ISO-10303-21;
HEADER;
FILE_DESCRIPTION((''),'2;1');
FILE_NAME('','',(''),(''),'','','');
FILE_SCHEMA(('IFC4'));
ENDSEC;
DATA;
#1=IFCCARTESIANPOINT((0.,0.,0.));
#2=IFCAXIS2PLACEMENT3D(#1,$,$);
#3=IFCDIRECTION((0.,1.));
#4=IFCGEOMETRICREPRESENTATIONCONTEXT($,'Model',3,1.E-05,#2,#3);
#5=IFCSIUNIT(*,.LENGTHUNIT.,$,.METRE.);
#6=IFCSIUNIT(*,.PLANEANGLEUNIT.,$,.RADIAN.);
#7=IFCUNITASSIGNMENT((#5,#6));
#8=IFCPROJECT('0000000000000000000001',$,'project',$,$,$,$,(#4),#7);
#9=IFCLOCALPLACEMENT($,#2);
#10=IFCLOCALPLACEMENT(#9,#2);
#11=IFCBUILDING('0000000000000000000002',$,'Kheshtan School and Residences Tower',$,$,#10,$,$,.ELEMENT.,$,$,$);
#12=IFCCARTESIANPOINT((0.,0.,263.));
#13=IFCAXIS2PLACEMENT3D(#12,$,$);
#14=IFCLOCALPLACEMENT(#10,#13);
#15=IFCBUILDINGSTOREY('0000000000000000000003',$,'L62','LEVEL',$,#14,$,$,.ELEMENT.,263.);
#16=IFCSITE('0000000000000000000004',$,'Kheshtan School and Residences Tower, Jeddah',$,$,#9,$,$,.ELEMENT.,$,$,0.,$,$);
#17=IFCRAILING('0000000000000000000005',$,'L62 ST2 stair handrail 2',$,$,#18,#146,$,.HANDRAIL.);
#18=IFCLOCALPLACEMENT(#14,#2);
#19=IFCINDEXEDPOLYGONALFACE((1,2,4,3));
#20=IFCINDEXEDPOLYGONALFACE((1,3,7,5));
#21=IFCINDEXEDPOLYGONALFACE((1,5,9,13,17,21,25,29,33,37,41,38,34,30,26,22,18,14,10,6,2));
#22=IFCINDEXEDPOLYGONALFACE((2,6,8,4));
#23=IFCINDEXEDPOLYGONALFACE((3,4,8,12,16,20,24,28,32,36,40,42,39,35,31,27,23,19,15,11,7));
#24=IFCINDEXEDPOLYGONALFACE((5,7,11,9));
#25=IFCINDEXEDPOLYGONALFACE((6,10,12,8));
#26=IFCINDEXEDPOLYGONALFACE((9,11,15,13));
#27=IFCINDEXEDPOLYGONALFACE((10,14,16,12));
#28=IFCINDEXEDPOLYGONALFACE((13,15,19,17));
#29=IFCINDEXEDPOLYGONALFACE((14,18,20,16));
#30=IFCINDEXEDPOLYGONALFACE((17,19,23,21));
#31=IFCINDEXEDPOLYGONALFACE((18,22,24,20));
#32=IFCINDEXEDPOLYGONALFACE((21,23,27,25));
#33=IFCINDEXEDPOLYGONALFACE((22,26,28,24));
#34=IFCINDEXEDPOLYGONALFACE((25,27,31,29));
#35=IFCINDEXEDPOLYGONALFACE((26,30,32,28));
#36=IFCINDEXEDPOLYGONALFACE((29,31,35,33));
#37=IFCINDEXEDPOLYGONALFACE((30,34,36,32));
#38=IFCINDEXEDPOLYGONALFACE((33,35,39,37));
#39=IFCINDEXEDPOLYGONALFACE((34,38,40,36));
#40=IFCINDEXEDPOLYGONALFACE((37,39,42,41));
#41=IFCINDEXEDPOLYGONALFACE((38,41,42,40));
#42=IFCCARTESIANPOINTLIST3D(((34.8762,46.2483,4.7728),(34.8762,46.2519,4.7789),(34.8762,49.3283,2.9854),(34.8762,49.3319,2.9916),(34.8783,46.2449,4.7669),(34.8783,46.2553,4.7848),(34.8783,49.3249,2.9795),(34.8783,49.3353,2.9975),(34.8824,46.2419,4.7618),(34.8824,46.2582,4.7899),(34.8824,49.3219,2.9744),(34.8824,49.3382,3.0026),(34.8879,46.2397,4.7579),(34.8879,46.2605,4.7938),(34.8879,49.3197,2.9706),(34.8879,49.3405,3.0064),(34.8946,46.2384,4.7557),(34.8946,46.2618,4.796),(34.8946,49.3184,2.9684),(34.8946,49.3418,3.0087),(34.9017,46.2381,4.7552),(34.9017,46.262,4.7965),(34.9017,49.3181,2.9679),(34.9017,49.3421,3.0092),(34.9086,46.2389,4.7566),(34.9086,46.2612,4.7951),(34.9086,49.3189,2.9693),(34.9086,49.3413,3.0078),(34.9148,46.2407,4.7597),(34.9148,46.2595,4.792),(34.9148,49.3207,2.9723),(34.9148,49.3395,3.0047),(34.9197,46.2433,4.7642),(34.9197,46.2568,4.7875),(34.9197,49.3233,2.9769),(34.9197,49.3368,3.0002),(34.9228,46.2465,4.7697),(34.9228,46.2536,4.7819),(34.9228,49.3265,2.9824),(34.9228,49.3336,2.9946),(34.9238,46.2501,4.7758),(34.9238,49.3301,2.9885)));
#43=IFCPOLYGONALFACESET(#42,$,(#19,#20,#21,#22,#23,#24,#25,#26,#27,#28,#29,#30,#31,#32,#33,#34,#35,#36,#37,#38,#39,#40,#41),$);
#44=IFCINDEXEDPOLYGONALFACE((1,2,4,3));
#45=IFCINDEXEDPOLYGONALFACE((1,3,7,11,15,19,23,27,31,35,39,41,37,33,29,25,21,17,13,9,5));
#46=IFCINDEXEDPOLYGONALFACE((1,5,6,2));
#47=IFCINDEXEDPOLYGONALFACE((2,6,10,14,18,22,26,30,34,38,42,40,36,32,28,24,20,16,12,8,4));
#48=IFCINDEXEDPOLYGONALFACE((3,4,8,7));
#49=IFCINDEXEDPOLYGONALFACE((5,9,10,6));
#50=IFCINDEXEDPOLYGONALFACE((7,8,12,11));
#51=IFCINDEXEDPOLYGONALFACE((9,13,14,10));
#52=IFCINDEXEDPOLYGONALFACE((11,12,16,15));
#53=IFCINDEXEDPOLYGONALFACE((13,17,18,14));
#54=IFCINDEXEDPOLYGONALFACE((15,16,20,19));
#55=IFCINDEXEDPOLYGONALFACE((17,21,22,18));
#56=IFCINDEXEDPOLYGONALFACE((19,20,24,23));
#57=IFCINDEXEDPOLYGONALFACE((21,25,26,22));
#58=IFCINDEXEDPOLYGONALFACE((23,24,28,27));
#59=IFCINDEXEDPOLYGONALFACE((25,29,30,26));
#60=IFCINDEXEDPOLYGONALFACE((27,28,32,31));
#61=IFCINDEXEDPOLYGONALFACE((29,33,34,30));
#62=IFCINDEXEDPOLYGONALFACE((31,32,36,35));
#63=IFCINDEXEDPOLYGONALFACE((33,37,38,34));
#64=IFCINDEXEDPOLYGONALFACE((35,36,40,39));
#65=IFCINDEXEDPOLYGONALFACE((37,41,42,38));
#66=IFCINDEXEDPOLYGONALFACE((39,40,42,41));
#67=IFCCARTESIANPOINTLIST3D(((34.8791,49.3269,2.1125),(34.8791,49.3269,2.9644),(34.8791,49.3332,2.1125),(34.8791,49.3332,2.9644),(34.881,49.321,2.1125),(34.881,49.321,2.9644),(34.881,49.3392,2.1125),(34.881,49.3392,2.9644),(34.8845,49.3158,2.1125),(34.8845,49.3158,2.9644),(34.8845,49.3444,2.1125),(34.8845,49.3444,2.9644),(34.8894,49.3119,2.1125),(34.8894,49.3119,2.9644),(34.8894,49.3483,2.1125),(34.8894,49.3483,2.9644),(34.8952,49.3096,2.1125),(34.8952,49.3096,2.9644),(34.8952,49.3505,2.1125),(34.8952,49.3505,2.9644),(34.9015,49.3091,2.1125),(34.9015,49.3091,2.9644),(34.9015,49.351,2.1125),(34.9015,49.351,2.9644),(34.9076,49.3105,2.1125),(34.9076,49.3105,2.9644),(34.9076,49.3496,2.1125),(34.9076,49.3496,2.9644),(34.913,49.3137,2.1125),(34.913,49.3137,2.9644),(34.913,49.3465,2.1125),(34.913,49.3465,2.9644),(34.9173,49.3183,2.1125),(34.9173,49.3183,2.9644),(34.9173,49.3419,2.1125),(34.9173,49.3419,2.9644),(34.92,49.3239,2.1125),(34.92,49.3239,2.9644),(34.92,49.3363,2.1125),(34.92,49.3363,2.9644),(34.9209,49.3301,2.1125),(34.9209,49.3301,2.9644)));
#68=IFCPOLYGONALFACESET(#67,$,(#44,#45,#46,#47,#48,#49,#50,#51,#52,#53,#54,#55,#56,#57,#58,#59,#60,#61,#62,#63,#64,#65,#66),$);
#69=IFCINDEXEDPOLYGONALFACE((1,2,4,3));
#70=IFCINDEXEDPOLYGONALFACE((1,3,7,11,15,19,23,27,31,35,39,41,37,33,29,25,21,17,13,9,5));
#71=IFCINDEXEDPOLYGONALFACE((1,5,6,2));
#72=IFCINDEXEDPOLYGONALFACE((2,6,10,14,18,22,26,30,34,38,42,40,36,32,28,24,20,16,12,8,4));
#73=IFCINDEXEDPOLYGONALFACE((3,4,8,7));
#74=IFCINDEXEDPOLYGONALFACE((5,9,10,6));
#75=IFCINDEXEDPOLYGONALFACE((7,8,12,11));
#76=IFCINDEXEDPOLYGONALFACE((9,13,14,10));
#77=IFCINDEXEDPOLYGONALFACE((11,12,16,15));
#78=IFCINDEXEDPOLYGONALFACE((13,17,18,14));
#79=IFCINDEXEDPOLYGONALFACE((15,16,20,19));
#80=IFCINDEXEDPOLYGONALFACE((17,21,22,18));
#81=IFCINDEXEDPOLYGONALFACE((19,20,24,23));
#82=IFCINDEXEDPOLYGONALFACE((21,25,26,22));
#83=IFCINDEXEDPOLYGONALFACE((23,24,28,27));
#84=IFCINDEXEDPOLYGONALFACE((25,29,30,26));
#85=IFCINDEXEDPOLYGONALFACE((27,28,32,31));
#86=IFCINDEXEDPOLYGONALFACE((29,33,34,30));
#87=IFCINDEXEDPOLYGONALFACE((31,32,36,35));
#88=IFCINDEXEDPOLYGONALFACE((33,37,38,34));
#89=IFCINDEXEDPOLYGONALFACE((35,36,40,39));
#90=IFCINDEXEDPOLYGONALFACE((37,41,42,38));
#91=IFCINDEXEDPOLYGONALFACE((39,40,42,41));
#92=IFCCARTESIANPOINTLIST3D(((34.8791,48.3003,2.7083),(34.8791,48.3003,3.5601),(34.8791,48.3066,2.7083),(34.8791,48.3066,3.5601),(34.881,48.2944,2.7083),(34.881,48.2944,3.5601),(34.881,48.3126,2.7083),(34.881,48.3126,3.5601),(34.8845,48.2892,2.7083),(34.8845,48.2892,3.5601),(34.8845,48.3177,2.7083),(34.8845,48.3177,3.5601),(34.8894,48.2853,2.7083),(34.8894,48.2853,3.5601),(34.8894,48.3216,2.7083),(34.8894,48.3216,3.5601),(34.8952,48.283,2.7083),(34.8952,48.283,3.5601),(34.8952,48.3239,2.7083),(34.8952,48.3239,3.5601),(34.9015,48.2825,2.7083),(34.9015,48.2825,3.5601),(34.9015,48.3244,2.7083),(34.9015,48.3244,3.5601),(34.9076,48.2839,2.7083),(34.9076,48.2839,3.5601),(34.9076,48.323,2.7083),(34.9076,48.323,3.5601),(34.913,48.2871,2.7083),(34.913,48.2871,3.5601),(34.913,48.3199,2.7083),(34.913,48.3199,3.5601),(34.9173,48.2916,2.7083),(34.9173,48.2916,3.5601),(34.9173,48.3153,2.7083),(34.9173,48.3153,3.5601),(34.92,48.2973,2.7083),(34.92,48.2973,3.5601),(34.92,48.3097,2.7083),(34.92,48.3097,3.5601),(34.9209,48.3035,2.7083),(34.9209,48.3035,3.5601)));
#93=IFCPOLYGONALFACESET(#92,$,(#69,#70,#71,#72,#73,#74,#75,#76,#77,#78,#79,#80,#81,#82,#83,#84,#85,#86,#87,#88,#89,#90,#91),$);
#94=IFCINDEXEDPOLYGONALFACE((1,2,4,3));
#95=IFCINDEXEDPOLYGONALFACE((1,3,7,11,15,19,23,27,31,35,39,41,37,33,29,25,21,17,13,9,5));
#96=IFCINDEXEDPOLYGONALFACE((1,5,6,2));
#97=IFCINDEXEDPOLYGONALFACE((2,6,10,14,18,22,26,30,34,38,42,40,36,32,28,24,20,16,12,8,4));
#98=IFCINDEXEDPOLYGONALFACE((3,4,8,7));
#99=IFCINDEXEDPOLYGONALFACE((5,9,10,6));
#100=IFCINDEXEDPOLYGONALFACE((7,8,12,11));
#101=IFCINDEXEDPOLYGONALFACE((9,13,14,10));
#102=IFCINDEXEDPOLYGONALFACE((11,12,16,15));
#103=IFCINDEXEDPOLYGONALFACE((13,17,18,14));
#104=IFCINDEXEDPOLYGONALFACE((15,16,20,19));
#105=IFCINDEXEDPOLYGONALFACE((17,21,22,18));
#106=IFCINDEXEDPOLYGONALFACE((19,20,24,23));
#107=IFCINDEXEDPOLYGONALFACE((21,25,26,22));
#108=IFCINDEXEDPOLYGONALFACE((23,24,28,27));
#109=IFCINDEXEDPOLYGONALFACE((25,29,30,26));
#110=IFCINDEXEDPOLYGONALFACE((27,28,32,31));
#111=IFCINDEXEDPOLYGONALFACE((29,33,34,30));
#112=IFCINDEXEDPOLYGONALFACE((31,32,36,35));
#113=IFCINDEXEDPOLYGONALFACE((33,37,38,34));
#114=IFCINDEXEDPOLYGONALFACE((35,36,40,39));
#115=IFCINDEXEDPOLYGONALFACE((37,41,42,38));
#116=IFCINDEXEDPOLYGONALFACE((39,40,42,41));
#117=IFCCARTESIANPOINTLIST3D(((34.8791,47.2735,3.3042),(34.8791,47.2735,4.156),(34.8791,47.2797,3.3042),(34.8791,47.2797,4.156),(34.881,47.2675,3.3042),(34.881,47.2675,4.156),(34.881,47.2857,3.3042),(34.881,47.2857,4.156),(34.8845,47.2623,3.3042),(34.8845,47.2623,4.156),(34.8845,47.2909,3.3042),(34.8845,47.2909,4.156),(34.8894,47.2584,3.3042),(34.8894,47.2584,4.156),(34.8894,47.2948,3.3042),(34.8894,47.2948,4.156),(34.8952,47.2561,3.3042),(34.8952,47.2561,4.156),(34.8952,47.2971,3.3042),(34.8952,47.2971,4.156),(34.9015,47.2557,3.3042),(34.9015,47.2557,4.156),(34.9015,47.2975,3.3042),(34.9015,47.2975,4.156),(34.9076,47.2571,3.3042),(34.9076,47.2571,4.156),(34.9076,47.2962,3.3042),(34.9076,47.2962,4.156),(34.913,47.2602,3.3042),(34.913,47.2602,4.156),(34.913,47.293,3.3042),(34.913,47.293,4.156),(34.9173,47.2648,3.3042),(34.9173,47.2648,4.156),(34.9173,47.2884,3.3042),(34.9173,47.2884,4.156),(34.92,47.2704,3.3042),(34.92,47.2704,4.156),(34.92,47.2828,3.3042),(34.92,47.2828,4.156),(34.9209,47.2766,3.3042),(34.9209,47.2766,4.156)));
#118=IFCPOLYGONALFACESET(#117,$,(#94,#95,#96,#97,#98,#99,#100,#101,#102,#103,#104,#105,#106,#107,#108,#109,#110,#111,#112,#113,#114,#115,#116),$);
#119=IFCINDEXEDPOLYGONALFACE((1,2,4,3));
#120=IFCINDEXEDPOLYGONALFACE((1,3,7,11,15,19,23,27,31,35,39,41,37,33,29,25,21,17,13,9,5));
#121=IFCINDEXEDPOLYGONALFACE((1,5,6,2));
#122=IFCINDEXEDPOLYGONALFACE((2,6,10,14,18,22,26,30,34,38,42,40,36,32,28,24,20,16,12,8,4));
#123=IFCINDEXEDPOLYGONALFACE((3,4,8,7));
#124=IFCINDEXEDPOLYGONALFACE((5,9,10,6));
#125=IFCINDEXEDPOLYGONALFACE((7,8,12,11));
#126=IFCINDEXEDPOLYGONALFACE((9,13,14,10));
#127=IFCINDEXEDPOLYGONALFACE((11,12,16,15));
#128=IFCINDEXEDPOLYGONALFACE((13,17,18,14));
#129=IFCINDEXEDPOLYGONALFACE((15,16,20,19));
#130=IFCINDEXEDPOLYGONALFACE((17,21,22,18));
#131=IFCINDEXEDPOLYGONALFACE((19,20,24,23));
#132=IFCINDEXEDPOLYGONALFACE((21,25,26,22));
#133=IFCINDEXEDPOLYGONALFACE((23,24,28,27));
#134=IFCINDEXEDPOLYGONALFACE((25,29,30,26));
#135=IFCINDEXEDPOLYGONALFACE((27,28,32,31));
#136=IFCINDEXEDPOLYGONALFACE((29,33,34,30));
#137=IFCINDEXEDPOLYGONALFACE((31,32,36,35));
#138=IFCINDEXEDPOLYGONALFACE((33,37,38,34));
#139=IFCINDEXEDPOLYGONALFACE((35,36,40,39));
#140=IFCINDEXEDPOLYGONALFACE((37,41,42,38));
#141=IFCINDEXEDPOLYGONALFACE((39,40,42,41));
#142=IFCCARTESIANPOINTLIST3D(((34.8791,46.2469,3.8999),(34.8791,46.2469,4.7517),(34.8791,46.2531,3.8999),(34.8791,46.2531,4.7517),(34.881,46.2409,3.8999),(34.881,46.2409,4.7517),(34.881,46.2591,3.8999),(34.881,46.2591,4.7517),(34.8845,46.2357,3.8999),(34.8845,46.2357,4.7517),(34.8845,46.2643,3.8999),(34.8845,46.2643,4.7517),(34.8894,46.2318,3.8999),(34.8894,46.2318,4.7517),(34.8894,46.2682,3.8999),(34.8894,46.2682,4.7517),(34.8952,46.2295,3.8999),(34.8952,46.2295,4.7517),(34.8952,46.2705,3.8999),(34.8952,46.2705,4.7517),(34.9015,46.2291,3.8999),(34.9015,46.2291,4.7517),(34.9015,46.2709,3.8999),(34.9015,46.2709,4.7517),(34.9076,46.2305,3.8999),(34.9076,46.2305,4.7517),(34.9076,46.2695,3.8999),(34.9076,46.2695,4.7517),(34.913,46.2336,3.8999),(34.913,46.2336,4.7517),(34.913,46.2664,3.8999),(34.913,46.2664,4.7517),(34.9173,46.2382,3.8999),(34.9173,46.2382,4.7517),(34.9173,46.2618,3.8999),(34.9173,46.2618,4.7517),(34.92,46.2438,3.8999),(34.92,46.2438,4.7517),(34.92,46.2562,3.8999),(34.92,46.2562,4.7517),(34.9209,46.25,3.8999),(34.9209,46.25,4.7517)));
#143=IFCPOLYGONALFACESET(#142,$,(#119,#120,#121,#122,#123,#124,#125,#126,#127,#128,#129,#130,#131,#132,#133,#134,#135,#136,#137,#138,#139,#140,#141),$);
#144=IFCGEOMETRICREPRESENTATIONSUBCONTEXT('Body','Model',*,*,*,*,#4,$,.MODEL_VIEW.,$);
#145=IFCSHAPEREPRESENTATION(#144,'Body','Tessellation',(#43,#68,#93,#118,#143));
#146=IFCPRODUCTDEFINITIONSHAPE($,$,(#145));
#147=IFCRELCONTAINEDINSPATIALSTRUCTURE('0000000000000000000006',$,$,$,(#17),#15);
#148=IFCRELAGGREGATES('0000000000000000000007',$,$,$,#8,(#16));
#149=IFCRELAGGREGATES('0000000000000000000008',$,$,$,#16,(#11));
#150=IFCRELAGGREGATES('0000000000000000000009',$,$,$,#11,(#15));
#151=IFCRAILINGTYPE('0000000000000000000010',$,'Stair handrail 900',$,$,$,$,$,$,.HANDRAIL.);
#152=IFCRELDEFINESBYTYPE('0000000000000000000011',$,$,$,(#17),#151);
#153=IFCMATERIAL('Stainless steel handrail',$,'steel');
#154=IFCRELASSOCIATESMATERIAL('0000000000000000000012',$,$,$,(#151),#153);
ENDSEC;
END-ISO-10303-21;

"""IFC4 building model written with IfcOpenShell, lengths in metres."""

from ifc_helpers import new_model, si_unit, direction, frame, origin, origin_2d, place, context, subcontext, project, spatial, circle, extrude, material, type_object, element, save


model = new_model("IFC4")

# Units and contexts
model_context = context("Model", 3, precision=1e-05, world=origin(), true_north=direction((0.0, 1.0)))
body_context = subcontext(model_context, "Body", "Model", "MODEL_VIEW")
ifc_project = project(units=[si_unit("LENGTHUNIT", "METRE"), si_unit("PLANEANGLEUNIT", "RADIAN")], contexts=[model_context])

# Site, building, storey
site_placement = place(None, origin())
site = spatial("IfcSite", under=ifc_project, at=site_placement, Name="Kheshtan School and Residences Tower, Jeddah", CompositionType="ELEMENT", RefElevation=0.0)
building_placement = place(site_placement, origin())
building = spatial("IfcBuilding", under=site, at=building_placement, Name="Kheshtan School and Residences Tower", CompositionType="ELEMENT")
storey_placement = place(building_placement, frame((0.0, 0.0, 263.0)))
storey = spatial("IfcBuildingStorey", under=building, at=storey_placement, Name="L62", Description="LEVEL", CompositionType="ELEMENT", Elevation=263.0)

# Railing
ifc_material_1 = material(Name="Stainless steel handrail", Category="steel")
railing_type_1 = type_object("IfcRailingType", Name="Stair handrail 900", PredefinedType="HANDRAIL", material=ifc_material_1)
railing_1_placement = place(storey_placement, frame((34.8999, 49.3301, 2.1125)))
element("IfcRailing", 1, at=railing_1_placement, inside=storey, type_object=railing_type_1, Name="L62 ST2 stair handrail 2", PredefinedType="HANDRAIL", context=body_context, shape_type="SweptSolid", body=[
    extrude(circle(Radius=0.0239, at=origin_2d()), frame((0.0, 0.0, 0.876), z_axis=(0.0, -0.86492, 0.501909), x_axis=(1.0, 0.0, 0.0)), (0.0, 0.0, 1.0), 3.561),
    extrude(circle(Radius=0.021, at=origin_2d()), origin(), (0.0, 0.0, 1.0), 0.8518),
    extrude(circle(Radius=0.021, at=origin_2d()), frame((0.0, -1.0266, 0.5957)), (0.0, 0.0, 1.0), 0.8518),
    extrude(circle(Radius=0.021, at=origin_2d()), frame((0.0, -2.0535, 1.1917)), (0.0, 0.0, 1.0), 0.8518),
    extrude(circle(Radius=0.021, at=origin_2d()), frame((0.0, -3.0801, 1.7874)), (0.0, 0.0, 1.0), 0.8518),
])

save(model, "model.ifc")
